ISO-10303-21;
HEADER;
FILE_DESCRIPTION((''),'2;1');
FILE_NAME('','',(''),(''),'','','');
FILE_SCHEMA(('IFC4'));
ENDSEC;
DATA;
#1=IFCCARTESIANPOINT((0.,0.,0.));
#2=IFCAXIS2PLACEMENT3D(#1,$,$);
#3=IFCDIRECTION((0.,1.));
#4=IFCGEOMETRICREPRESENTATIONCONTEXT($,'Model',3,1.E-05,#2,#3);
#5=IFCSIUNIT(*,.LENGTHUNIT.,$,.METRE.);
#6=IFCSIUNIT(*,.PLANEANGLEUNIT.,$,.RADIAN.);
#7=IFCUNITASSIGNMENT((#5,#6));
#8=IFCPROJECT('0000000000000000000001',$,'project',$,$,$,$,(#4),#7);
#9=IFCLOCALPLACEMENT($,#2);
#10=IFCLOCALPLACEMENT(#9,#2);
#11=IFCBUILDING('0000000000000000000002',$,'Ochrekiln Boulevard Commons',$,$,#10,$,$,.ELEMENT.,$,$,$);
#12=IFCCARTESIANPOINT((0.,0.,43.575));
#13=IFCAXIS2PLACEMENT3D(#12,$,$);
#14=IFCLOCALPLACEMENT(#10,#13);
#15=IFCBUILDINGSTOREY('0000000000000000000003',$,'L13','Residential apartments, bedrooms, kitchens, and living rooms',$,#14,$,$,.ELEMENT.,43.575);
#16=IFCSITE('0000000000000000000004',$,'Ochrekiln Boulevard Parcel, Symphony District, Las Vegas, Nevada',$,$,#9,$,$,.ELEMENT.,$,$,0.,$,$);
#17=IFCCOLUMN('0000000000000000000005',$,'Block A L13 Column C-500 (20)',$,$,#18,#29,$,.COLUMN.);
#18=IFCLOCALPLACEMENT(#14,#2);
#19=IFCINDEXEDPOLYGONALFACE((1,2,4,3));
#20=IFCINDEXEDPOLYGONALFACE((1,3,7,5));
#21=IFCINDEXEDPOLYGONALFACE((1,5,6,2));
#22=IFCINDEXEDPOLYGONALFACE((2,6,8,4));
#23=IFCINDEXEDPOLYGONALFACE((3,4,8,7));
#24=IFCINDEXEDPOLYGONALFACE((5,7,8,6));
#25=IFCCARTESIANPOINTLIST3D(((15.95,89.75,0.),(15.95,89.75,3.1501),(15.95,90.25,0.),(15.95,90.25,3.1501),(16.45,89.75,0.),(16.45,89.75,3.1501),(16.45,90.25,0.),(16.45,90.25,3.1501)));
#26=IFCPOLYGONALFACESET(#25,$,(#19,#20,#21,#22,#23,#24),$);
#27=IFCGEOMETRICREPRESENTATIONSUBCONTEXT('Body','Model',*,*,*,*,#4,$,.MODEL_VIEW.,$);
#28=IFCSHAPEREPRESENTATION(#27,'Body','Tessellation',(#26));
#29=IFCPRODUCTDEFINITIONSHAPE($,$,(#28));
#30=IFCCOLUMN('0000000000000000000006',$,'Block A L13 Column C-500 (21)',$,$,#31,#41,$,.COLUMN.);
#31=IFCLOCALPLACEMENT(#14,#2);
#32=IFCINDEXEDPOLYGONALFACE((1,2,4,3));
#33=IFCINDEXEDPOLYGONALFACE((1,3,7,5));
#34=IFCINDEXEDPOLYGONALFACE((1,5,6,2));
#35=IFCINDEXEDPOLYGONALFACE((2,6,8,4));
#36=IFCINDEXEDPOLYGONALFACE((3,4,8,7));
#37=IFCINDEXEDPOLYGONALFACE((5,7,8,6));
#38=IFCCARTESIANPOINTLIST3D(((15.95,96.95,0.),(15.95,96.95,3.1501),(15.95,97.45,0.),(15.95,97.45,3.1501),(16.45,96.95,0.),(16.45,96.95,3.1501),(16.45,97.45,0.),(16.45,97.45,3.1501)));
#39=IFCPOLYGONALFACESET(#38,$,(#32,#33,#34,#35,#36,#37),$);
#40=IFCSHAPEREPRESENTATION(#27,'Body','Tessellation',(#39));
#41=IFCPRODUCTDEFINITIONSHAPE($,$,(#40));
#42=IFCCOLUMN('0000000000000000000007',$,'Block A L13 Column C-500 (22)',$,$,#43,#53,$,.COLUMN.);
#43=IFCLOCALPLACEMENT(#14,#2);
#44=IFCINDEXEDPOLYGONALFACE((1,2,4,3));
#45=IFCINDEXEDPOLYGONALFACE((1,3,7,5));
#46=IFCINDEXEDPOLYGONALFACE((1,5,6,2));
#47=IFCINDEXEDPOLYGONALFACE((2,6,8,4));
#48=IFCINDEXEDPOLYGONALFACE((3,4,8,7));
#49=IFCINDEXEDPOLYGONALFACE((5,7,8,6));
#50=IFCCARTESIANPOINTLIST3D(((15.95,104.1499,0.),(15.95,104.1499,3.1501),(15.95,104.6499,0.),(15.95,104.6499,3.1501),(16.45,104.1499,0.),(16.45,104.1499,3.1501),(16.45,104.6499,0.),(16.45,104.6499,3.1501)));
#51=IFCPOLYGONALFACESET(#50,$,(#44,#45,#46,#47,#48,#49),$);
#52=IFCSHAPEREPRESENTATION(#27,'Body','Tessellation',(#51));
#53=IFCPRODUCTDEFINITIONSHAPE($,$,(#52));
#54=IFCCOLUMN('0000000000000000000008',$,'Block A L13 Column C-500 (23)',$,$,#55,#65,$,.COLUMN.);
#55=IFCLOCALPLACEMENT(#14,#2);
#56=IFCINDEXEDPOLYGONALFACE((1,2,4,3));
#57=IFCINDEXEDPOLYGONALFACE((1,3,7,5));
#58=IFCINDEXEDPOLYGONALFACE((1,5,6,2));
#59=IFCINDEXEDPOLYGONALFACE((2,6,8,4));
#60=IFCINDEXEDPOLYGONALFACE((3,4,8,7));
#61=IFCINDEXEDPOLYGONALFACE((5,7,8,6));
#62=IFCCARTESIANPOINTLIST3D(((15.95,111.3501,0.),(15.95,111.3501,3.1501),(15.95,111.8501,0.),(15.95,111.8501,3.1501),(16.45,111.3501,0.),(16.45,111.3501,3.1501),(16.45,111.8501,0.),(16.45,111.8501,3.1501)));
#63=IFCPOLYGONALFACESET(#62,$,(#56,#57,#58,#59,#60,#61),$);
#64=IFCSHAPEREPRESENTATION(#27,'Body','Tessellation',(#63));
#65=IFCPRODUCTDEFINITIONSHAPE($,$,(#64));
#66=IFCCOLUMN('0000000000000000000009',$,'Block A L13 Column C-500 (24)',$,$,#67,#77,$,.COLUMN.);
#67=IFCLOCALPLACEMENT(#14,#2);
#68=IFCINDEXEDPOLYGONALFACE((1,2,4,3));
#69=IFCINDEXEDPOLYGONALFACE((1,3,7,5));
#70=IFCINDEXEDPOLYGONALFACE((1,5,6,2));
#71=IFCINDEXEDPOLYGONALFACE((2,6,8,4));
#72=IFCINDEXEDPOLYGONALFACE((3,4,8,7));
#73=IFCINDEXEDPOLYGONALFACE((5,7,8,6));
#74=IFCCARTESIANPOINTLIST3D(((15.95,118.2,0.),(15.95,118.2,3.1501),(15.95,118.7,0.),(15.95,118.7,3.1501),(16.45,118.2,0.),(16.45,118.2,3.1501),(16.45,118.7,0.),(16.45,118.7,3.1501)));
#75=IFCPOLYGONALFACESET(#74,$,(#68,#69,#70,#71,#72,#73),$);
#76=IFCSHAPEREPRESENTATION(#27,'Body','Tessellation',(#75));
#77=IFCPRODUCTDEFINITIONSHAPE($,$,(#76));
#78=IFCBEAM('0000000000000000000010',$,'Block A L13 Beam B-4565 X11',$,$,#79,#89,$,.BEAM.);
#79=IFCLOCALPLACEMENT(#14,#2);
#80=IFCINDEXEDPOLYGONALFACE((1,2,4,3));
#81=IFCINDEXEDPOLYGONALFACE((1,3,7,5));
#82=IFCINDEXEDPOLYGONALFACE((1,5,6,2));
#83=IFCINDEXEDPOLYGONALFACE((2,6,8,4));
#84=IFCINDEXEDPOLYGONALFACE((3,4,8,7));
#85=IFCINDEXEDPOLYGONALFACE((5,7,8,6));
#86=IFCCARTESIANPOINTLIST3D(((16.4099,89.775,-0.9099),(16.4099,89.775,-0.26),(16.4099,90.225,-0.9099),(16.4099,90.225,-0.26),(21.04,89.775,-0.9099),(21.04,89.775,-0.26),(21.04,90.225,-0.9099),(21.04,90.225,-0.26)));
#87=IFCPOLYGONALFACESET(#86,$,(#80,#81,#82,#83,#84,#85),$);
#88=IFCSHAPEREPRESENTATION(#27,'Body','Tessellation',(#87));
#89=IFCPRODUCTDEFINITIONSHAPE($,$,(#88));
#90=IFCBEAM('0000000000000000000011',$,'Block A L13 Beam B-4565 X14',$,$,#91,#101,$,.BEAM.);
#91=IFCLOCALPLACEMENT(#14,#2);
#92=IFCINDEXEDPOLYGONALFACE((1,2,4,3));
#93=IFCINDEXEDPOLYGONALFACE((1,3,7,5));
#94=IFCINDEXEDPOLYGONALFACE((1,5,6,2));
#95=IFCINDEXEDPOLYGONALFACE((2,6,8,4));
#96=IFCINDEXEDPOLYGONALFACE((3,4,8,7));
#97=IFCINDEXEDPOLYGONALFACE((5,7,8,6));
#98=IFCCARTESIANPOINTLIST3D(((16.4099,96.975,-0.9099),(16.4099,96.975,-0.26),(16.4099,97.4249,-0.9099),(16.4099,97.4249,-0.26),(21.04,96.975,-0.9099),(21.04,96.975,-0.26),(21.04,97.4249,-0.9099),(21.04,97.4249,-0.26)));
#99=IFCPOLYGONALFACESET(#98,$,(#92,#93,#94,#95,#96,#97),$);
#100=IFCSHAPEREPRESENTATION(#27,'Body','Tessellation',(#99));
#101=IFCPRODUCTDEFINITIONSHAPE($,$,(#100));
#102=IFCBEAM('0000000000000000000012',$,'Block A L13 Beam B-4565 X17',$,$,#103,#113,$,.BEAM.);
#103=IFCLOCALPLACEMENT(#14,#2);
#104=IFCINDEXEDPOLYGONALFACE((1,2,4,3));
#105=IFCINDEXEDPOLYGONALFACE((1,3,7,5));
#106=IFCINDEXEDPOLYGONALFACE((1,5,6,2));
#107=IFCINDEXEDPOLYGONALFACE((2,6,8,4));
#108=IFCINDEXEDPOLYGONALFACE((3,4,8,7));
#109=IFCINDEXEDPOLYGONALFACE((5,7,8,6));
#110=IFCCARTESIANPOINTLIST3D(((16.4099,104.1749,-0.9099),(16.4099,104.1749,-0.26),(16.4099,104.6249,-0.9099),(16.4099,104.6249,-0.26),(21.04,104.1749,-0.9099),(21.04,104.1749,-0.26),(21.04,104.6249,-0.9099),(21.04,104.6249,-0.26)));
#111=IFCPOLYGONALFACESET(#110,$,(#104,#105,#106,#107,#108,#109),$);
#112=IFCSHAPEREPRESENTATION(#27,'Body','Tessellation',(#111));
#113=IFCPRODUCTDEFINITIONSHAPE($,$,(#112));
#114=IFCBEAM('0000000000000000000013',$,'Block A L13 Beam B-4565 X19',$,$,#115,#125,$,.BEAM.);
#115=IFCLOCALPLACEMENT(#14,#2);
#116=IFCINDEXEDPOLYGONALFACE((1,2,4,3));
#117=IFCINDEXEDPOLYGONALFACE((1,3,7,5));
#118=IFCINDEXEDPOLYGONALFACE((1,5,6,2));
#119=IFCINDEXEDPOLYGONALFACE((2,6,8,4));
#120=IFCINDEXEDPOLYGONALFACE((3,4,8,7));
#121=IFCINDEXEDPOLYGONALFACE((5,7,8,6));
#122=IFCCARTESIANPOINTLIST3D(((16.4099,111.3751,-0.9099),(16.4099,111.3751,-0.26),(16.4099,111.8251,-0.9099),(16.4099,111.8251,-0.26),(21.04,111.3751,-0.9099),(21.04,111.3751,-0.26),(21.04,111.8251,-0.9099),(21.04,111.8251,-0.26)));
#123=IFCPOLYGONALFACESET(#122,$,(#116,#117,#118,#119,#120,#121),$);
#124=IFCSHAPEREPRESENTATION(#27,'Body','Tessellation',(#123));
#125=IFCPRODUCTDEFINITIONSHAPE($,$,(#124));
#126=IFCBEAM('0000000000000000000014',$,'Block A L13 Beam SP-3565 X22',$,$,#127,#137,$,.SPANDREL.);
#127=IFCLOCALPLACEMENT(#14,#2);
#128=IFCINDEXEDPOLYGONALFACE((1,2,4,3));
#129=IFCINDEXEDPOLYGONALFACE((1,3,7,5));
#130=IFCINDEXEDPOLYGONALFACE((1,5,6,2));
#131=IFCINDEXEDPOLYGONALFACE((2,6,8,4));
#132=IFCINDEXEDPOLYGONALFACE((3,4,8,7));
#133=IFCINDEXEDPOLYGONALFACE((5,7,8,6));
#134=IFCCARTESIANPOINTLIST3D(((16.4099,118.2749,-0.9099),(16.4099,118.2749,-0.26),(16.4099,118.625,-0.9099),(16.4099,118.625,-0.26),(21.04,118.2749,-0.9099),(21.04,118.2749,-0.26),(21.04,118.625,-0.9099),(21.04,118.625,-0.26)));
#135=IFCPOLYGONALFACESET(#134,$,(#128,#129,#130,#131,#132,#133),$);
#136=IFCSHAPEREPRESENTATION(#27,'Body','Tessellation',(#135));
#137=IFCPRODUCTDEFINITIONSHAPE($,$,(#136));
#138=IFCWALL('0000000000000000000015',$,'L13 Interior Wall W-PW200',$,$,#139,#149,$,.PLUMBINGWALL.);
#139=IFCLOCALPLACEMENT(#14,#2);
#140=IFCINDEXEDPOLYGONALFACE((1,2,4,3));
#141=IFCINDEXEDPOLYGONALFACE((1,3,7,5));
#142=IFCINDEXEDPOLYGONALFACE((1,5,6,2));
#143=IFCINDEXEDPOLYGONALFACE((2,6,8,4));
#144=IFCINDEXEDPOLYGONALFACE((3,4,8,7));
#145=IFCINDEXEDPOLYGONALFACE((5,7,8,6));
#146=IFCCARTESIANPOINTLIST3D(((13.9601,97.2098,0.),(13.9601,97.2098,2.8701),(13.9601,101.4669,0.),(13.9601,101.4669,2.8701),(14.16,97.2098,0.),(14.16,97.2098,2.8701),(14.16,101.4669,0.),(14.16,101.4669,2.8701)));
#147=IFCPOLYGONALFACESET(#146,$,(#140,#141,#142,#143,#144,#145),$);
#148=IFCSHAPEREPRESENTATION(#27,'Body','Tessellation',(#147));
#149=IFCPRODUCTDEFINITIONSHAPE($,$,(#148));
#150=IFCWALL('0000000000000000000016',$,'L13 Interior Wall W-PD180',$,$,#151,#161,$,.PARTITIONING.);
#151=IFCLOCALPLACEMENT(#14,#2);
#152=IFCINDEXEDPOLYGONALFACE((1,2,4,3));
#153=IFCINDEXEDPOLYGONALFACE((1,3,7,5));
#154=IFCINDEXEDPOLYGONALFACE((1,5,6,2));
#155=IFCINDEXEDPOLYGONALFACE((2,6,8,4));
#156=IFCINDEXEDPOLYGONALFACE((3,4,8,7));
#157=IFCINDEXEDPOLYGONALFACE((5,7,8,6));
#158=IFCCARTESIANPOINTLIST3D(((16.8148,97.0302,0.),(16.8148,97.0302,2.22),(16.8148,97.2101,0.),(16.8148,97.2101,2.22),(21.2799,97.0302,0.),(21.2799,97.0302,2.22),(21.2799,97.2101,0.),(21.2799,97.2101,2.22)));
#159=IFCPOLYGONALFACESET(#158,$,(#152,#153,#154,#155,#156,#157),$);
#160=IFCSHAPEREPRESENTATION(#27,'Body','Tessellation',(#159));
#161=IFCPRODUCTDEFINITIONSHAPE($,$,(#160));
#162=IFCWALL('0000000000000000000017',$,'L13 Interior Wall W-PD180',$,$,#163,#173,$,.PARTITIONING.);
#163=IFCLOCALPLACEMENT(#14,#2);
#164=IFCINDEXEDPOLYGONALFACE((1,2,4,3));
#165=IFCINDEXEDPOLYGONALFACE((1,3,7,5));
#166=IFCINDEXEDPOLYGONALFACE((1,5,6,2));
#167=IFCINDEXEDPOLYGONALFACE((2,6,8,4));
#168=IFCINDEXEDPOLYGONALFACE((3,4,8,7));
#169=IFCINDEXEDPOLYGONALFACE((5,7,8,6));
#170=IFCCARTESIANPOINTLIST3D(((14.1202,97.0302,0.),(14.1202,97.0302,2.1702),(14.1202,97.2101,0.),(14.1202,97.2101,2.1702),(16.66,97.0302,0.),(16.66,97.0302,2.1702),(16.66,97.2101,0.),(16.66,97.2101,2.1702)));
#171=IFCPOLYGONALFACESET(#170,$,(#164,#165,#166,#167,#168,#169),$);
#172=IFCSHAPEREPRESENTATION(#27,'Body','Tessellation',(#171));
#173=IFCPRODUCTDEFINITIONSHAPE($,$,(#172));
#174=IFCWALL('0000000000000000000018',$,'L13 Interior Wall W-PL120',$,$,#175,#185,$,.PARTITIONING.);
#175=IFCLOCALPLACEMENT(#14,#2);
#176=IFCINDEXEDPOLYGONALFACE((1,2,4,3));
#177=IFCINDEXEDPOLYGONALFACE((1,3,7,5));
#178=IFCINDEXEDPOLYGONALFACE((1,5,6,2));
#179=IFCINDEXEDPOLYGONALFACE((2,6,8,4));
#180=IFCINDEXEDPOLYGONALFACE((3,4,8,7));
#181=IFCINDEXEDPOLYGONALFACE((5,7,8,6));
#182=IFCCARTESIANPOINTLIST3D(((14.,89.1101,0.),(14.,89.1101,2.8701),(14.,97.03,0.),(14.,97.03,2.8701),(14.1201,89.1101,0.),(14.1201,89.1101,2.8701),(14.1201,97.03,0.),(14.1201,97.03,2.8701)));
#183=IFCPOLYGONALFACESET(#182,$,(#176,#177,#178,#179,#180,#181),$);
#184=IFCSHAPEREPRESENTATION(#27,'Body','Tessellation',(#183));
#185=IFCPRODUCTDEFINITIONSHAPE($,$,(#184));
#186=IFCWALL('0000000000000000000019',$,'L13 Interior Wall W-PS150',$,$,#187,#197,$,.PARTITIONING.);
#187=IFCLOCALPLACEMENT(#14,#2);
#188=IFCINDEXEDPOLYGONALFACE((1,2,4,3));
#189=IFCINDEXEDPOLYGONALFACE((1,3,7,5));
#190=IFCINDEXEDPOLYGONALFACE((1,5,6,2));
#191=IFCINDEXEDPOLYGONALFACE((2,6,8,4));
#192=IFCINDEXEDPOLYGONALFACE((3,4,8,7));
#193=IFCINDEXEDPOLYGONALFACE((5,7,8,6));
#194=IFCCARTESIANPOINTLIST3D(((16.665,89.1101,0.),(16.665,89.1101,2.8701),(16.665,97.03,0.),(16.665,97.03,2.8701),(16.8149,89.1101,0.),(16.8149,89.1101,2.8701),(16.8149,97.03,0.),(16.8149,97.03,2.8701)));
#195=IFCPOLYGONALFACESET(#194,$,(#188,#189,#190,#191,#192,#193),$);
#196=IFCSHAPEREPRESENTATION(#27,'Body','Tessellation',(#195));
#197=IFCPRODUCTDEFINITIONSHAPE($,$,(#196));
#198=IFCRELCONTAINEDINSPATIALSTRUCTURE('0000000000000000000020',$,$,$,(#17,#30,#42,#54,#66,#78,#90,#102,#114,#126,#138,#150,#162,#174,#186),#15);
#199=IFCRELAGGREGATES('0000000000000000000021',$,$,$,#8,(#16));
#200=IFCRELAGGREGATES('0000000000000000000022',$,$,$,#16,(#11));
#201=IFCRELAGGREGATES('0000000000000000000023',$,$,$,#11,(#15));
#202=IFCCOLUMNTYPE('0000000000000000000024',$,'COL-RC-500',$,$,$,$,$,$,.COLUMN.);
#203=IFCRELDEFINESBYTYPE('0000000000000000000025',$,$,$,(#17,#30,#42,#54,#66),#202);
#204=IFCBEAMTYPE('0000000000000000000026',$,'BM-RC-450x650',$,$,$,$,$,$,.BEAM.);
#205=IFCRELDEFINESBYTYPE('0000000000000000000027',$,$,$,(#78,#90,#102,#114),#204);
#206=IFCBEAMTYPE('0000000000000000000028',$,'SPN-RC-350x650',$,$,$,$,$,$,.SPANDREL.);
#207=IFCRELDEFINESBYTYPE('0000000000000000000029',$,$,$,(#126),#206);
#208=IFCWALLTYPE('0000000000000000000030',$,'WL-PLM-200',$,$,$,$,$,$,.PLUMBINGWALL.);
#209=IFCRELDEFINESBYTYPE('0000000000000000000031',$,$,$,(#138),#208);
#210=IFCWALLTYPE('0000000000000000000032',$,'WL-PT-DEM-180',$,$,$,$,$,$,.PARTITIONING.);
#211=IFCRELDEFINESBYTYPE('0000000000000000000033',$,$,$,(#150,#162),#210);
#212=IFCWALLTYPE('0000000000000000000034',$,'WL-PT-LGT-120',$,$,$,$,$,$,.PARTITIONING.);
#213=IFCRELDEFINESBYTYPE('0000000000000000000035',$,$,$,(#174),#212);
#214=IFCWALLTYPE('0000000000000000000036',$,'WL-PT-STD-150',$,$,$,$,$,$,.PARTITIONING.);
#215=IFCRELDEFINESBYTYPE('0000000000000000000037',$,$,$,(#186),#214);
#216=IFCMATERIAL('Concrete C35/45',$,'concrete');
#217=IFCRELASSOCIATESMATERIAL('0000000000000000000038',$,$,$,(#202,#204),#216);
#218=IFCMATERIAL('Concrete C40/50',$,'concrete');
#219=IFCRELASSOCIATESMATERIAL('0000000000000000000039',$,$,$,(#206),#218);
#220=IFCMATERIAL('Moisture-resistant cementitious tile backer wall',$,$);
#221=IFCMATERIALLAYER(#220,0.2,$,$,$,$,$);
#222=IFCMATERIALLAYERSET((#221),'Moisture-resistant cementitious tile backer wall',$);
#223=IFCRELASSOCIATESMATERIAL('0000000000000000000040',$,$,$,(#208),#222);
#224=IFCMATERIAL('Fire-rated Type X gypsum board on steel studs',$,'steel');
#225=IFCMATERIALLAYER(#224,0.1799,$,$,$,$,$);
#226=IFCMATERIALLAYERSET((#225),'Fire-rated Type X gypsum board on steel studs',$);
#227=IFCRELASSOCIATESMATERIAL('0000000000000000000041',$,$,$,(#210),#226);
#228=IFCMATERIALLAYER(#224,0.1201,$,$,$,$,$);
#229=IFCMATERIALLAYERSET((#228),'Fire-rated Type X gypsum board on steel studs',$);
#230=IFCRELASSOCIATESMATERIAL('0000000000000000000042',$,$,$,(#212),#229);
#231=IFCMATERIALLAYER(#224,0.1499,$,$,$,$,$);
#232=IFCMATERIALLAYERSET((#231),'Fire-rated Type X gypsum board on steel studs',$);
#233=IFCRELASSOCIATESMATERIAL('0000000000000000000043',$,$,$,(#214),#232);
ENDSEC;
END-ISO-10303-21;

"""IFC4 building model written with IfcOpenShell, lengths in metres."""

from ifc_helpers import new_model, si_unit, direction, frame, frame_2d, origin, origin_2d, place, context, subcontext, project, spatial, rectangle, extrude, material, layer, layer_set, material_profile, profile_set, type_object, element, save


model = new_model("IFC4")

# Units and contexts
model_context = context("Model", 3, precision=1e-05, world=origin(), true_north=direction((0.0, 1.0)))
body_context = subcontext(model_context, "Body", "Model", "MODEL_VIEW")
ifc_project = project(units=[si_unit("LENGTHUNIT", "METRE"), si_unit("PLANEANGLEUNIT", "RADIAN")], contexts=[model_context])

# Site, building, storey
site_placement = place(None, origin())
site = spatial("IfcSite", under=ifc_project, at=site_placement, Name="Ochrekiln Boulevard Parcel, Symphony District, Las Vegas, Nevada", CompositionType="ELEMENT", RefElevation=0.0)
building_placement = place(site_placement, origin())
building = spatial("IfcBuilding", under=site, at=building_placement, Name="Ochrekiln Boulevard Commons", CompositionType="ELEMENT")
storey_placement = place(building_placement, frame((0.0, 0.0, 43.575)))
storey = spatial("IfcBuildingStorey", under=building, at=storey_placement, Name="L13", Description="Residential apartments, bedrooms, kitchens, and living rooms", CompositionType="ELEMENT", Elevation=43.575)

# Columns
ifc_material_1 = material(Name="Concrete C35/45", Category="concrete")
ifc_material_profile_1 = material_profile(ifc_material_1, rectangle(XDim=0.5, YDim=0.5, at=origin_2d()), Name="RC-COL-500x500")
ifc_profile_set_1 = profile_set([ifc_material_profile_1], Name="Concrete C35/45")
column_type = type_object("IfcColumnType", Name="COL-RC-500", PredefinedType="COLUMN", material=ifc_profile_set_1)
for number, where, z_axis, x_axis, name in (
    (1, (16.2, 90.0, 0.0), (0.0, 0.0, 1.0), (1.0, 0.0, 0.0), "Block A L13 Column C-500 (20)"),
    (2, (16.2, 97.2, 0.0), (0.0, 0.0, 1.0), (1.0, 0.0, 0.0), "Block A L13 Column C-500 (21)"),
    (3, (16.2, 104.3999, 0.0), (0.0, 0.0, 1.0), (1.0, 0.0, 0.0), "Block A L13 Column C-500 (22)"),
    (4, (16.2, 111.6001, 0.0), (0.0, 0.0, 1.0), (1.0, 0.0, 0.0), "Block A L13 Column C-500 (23)"),
    (5, (16.2, 118.45, 0.0), (0.0, 0.0, 1.0), (1.0, 0.0, 0.0), "Block A L13 Column C-500 (24)"),
):
    element("IfcColumn", number, at=place(storey_placement, frame(where, z_axis=z_axis, x_axis=x_axis)), inside=storey, type_object=column_type, Name=name, PredefinedType="COLUMN", context=body_context, shape_type="SweptSolid", body=[
        extrude(rectangle(XDim=0.5, YDim=0.5, at=origin_2d()), origin(), (0.0, 0.0, 1.0), 3.1501),
    ])

# Beams
ifc_material_profile_2 = material_profile(ifc_material_1, rectangle(XDim=0.45, YDim=0.6499, at=origin_2d()), Name="RC-BM-450x650")
ifc_profile_set_2 = profile_set([ifc_material_profile_2], Name="Concrete C35/45")
beam_type_1 = type_object("IfcBeamType", Name="BM-RC-450x650", PredefinedType="BEAM", material=ifc_profile_set_2)
for number, where, z_axis, x_axis, name in (
    (6, (16.4099, 90.0, -0.585), (1.0, 0.0, 0.0), (0.0, 1.0, 0.0), "Block A L13 Beam B-4565 X11"),
    (7, (16.4099, 97.2, -0.585), (1.0, 0.0, 0.0), (0.0, 1.0, 0.0), "Block A L13 Beam B-4565 X14"),
    (8, (16.4099, 104.3999, -0.585), (1.0, 0.0, 0.0), (0.0, 1.0, 0.0), "Block A L13 Beam B-4565 X17"),
    (9, (16.4099, 111.6001, -0.585), (1.0, 0.0, 0.0), (0.0, 1.0, 0.0), "Block A L13 Beam B-4565 X19"),
):
    element("IfcBeam", number, at=place(storey_placement, frame(where, z_axis=z_axis, x_axis=x_axis)), inside=storey, type_object=beam_type_1, Name=name, PredefinedType="BEAM", context=body_context, shape_type="SweptSolid", body=[
        extrude(rectangle(XDim=0.45, YDim=0.6499, at=origin_2d()), origin(), (0.0, 0.0, 1.0), 4.6301),
    ])
ifc_material_2 = material(Name="Concrete C40/50", Category="concrete")
ifc_material_profile_3 = material_profile(ifc_material_2, rectangle(XDim=0.3501, YDim=0.6499, at=origin_2d()), Name="RC-SPN-350x650")
ifc_profile_set_3 = profile_set([ifc_material_profile_3], Name="Concrete C40/50")
beam_type_2 = type_object("IfcBeamType", Name="SPN-RC-350x650", PredefinedType="SPANDREL", material=ifc_profile_set_3)
beam_placement = place(storey_placement, frame((16.4099, 118.45, -0.585), z_axis=(1.0, 0.0, 0.0), x_axis=(0.0, 1.0, 0.0)))
element("IfcBeam", 10, at=beam_placement, inside=storey, type_object=beam_type_2, Name="Block A L13 Beam SP-3565 X22", PredefinedType="SPANDREL", context=body_context, shape_type="SweptSolid", body=[
    extrude(rectangle(XDim=0.3501, YDim=0.6499, at=origin_2d()), origin(), (0.0, 0.0, 1.0), 4.6301),
])

# Walls
ifc_material_3 = material(Name="Moisture-resistant cementitious tile backer wall")
ifc_layer_1 = layer(ifc_material_3, 0.2)
ifc_layer_set_1 = layer_set([ifc_layer_1], Name="Moisture-resistant cementitious tile backer wall")
wall_type_1 = type_object("IfcWallType", Name="WL-PLM-200", PredefinedType="PLUMBINGWALL", material=ifc_layer_set_1)
wall_1_placement = place(storey_placement, frame((14.0601, 97.21, 0.0), z_axis=(0.0, 0.0, 1.0), x_axis=(0.0, 1.0, 0.0)))
element("IfcWall", 11, at=wall_1_placement, inside=storey, type_object=wall_type_1, Name="L13 Interior Wall W-PW200", PredefinedType="PLUMBINGWALL", context=body_context, shape_type="SweptSolid", body=[
    extrude(rectangle(XDim=4.2571, YDim=0.2, at=frame_2d((2.1284, 0.0))), origin(), (0.0, 0.0, 1.0), 2.8701),
])
ifc_material_4 = material(Name="Fire-rated Type X gypsum board on steel studs", Category="steel")
ifc_layer_2 = layer(ifc_material_4, 0.1799)
ifc_layer_set_2 = layer_set([ifc_layer_2], Name="Fire-rated Type X gypsum board on steel studs")
wall_type_2 = type_object("IfcWallType", Name="WL-PT-DEM-180", PredefinedType="PARTITIONING", material=ifc_layer_set_2)
wall_2_placement = place(storey_placement, frame((16.8149, 97.1201, 0.0), z_axis=(0.0, 0.0, 1.0), x_axis=(1.0, 0.0, 0.0)))
element("IfcWall", 12, at=wall_2_placement, inside=storey, type_object=wall_type_2, Name="L13 Interior Wall W-PD180", PredefinedType="PARTITIONING", context=body_context, shape_type="SweptSolid", body=[
    extrude(rectangle(XDim=4.4651, YDim=0.1799, at=frame_2d((2.2324, 0.0))), origin(), (0.0, 0.0, 1.0), 2.22),
])
wall_3_placement = place(storey_placement, frame((14.1201, 97.1201, 0.0), z_axis=(0.0, 0.0, 1.0), x_axis=(1.0, 0.0, 0.0)))
element("IfcWall", 13, at=wall_3_placement, inside=storey, type_object=wall_type_2, Name="L13 Interior Wall W-PD180", PredefinedType="PARTITIONING", context=body_context, shape_type="SweptSolid", body=[
    extrude(rectangle(XDim=2.5398, YDim=0.1799, at=frame_2d((1.27, 0.0))), origin(), (0.0, 0.0, 1.0), 2.1702),
])
ifc_layer_3 = layer(ifc_material_4, 0.1201)
ifc_layer_set_3 = layer_set([ifc_layer_3], Name="Fire-rated Type X gypsum board on steel studs")
wall_type_3 = type_object("IfcWallType", Name="WL-PT-LGT-120", PredefinedType="PARTITIONING", material=ifc_layer_set_3)
wall_4_placement = place(storey_placement, frame((14.0601, 89.1101, 0.0), z_axis=(0.0, 0.0, 1.0), x_axis=(0.0, 1.0, 0.0)))
element("IfcWall", 14, at=wall_4_placement, inside=storey, type_object=wall_type_3, Name="L13 Interior Wall W-PL120", PredefinedType="PARTITIONING", context=body_context, shape_type="SweptSolid", body=[
    extrude(rectangle(XDim=7.9199, YDim=0.1201, at=frame_2d((3.96, 0.0))), origin(), (0.0, 0.0, 1.0), 2.8701),
])
ifc_layer_4 = layer(ifc_material_4, 0.1499)
ifc_layer_set_4 = layer_set([ifc_layer_4], Name="Fire-rated Type X gypsum board on steel studs")
wall_type_4 = type_object("IfcWallType", Name="WL-PT-STD-150", PredefinedType="PARTITIONING", material=ifc_layer_set_4)
wall_5_placement = place(storey_placement, frame((16.74, 89.1101, 0.0), z_axis=(0.0, 0.0, 1.0), x_axis=(0.0, 1.0, 0.0)))
element("IfcWall", 15, at=wall_5_placement, inside=storey, type_object=wall_type_4, Name="L13 Interior Wall W-PS150", PredefinedType="PARTITIONING", context=body_context, shape_type="SweptSolid", body=[
    extrude(rectangle(XDim=7.9199, YDim=0.1499, at=frame_2d((3.96, 0.0))), origin(), (0.0, 0.0, 1.0), 2.8701),
])

save(model, "model.ifc")
